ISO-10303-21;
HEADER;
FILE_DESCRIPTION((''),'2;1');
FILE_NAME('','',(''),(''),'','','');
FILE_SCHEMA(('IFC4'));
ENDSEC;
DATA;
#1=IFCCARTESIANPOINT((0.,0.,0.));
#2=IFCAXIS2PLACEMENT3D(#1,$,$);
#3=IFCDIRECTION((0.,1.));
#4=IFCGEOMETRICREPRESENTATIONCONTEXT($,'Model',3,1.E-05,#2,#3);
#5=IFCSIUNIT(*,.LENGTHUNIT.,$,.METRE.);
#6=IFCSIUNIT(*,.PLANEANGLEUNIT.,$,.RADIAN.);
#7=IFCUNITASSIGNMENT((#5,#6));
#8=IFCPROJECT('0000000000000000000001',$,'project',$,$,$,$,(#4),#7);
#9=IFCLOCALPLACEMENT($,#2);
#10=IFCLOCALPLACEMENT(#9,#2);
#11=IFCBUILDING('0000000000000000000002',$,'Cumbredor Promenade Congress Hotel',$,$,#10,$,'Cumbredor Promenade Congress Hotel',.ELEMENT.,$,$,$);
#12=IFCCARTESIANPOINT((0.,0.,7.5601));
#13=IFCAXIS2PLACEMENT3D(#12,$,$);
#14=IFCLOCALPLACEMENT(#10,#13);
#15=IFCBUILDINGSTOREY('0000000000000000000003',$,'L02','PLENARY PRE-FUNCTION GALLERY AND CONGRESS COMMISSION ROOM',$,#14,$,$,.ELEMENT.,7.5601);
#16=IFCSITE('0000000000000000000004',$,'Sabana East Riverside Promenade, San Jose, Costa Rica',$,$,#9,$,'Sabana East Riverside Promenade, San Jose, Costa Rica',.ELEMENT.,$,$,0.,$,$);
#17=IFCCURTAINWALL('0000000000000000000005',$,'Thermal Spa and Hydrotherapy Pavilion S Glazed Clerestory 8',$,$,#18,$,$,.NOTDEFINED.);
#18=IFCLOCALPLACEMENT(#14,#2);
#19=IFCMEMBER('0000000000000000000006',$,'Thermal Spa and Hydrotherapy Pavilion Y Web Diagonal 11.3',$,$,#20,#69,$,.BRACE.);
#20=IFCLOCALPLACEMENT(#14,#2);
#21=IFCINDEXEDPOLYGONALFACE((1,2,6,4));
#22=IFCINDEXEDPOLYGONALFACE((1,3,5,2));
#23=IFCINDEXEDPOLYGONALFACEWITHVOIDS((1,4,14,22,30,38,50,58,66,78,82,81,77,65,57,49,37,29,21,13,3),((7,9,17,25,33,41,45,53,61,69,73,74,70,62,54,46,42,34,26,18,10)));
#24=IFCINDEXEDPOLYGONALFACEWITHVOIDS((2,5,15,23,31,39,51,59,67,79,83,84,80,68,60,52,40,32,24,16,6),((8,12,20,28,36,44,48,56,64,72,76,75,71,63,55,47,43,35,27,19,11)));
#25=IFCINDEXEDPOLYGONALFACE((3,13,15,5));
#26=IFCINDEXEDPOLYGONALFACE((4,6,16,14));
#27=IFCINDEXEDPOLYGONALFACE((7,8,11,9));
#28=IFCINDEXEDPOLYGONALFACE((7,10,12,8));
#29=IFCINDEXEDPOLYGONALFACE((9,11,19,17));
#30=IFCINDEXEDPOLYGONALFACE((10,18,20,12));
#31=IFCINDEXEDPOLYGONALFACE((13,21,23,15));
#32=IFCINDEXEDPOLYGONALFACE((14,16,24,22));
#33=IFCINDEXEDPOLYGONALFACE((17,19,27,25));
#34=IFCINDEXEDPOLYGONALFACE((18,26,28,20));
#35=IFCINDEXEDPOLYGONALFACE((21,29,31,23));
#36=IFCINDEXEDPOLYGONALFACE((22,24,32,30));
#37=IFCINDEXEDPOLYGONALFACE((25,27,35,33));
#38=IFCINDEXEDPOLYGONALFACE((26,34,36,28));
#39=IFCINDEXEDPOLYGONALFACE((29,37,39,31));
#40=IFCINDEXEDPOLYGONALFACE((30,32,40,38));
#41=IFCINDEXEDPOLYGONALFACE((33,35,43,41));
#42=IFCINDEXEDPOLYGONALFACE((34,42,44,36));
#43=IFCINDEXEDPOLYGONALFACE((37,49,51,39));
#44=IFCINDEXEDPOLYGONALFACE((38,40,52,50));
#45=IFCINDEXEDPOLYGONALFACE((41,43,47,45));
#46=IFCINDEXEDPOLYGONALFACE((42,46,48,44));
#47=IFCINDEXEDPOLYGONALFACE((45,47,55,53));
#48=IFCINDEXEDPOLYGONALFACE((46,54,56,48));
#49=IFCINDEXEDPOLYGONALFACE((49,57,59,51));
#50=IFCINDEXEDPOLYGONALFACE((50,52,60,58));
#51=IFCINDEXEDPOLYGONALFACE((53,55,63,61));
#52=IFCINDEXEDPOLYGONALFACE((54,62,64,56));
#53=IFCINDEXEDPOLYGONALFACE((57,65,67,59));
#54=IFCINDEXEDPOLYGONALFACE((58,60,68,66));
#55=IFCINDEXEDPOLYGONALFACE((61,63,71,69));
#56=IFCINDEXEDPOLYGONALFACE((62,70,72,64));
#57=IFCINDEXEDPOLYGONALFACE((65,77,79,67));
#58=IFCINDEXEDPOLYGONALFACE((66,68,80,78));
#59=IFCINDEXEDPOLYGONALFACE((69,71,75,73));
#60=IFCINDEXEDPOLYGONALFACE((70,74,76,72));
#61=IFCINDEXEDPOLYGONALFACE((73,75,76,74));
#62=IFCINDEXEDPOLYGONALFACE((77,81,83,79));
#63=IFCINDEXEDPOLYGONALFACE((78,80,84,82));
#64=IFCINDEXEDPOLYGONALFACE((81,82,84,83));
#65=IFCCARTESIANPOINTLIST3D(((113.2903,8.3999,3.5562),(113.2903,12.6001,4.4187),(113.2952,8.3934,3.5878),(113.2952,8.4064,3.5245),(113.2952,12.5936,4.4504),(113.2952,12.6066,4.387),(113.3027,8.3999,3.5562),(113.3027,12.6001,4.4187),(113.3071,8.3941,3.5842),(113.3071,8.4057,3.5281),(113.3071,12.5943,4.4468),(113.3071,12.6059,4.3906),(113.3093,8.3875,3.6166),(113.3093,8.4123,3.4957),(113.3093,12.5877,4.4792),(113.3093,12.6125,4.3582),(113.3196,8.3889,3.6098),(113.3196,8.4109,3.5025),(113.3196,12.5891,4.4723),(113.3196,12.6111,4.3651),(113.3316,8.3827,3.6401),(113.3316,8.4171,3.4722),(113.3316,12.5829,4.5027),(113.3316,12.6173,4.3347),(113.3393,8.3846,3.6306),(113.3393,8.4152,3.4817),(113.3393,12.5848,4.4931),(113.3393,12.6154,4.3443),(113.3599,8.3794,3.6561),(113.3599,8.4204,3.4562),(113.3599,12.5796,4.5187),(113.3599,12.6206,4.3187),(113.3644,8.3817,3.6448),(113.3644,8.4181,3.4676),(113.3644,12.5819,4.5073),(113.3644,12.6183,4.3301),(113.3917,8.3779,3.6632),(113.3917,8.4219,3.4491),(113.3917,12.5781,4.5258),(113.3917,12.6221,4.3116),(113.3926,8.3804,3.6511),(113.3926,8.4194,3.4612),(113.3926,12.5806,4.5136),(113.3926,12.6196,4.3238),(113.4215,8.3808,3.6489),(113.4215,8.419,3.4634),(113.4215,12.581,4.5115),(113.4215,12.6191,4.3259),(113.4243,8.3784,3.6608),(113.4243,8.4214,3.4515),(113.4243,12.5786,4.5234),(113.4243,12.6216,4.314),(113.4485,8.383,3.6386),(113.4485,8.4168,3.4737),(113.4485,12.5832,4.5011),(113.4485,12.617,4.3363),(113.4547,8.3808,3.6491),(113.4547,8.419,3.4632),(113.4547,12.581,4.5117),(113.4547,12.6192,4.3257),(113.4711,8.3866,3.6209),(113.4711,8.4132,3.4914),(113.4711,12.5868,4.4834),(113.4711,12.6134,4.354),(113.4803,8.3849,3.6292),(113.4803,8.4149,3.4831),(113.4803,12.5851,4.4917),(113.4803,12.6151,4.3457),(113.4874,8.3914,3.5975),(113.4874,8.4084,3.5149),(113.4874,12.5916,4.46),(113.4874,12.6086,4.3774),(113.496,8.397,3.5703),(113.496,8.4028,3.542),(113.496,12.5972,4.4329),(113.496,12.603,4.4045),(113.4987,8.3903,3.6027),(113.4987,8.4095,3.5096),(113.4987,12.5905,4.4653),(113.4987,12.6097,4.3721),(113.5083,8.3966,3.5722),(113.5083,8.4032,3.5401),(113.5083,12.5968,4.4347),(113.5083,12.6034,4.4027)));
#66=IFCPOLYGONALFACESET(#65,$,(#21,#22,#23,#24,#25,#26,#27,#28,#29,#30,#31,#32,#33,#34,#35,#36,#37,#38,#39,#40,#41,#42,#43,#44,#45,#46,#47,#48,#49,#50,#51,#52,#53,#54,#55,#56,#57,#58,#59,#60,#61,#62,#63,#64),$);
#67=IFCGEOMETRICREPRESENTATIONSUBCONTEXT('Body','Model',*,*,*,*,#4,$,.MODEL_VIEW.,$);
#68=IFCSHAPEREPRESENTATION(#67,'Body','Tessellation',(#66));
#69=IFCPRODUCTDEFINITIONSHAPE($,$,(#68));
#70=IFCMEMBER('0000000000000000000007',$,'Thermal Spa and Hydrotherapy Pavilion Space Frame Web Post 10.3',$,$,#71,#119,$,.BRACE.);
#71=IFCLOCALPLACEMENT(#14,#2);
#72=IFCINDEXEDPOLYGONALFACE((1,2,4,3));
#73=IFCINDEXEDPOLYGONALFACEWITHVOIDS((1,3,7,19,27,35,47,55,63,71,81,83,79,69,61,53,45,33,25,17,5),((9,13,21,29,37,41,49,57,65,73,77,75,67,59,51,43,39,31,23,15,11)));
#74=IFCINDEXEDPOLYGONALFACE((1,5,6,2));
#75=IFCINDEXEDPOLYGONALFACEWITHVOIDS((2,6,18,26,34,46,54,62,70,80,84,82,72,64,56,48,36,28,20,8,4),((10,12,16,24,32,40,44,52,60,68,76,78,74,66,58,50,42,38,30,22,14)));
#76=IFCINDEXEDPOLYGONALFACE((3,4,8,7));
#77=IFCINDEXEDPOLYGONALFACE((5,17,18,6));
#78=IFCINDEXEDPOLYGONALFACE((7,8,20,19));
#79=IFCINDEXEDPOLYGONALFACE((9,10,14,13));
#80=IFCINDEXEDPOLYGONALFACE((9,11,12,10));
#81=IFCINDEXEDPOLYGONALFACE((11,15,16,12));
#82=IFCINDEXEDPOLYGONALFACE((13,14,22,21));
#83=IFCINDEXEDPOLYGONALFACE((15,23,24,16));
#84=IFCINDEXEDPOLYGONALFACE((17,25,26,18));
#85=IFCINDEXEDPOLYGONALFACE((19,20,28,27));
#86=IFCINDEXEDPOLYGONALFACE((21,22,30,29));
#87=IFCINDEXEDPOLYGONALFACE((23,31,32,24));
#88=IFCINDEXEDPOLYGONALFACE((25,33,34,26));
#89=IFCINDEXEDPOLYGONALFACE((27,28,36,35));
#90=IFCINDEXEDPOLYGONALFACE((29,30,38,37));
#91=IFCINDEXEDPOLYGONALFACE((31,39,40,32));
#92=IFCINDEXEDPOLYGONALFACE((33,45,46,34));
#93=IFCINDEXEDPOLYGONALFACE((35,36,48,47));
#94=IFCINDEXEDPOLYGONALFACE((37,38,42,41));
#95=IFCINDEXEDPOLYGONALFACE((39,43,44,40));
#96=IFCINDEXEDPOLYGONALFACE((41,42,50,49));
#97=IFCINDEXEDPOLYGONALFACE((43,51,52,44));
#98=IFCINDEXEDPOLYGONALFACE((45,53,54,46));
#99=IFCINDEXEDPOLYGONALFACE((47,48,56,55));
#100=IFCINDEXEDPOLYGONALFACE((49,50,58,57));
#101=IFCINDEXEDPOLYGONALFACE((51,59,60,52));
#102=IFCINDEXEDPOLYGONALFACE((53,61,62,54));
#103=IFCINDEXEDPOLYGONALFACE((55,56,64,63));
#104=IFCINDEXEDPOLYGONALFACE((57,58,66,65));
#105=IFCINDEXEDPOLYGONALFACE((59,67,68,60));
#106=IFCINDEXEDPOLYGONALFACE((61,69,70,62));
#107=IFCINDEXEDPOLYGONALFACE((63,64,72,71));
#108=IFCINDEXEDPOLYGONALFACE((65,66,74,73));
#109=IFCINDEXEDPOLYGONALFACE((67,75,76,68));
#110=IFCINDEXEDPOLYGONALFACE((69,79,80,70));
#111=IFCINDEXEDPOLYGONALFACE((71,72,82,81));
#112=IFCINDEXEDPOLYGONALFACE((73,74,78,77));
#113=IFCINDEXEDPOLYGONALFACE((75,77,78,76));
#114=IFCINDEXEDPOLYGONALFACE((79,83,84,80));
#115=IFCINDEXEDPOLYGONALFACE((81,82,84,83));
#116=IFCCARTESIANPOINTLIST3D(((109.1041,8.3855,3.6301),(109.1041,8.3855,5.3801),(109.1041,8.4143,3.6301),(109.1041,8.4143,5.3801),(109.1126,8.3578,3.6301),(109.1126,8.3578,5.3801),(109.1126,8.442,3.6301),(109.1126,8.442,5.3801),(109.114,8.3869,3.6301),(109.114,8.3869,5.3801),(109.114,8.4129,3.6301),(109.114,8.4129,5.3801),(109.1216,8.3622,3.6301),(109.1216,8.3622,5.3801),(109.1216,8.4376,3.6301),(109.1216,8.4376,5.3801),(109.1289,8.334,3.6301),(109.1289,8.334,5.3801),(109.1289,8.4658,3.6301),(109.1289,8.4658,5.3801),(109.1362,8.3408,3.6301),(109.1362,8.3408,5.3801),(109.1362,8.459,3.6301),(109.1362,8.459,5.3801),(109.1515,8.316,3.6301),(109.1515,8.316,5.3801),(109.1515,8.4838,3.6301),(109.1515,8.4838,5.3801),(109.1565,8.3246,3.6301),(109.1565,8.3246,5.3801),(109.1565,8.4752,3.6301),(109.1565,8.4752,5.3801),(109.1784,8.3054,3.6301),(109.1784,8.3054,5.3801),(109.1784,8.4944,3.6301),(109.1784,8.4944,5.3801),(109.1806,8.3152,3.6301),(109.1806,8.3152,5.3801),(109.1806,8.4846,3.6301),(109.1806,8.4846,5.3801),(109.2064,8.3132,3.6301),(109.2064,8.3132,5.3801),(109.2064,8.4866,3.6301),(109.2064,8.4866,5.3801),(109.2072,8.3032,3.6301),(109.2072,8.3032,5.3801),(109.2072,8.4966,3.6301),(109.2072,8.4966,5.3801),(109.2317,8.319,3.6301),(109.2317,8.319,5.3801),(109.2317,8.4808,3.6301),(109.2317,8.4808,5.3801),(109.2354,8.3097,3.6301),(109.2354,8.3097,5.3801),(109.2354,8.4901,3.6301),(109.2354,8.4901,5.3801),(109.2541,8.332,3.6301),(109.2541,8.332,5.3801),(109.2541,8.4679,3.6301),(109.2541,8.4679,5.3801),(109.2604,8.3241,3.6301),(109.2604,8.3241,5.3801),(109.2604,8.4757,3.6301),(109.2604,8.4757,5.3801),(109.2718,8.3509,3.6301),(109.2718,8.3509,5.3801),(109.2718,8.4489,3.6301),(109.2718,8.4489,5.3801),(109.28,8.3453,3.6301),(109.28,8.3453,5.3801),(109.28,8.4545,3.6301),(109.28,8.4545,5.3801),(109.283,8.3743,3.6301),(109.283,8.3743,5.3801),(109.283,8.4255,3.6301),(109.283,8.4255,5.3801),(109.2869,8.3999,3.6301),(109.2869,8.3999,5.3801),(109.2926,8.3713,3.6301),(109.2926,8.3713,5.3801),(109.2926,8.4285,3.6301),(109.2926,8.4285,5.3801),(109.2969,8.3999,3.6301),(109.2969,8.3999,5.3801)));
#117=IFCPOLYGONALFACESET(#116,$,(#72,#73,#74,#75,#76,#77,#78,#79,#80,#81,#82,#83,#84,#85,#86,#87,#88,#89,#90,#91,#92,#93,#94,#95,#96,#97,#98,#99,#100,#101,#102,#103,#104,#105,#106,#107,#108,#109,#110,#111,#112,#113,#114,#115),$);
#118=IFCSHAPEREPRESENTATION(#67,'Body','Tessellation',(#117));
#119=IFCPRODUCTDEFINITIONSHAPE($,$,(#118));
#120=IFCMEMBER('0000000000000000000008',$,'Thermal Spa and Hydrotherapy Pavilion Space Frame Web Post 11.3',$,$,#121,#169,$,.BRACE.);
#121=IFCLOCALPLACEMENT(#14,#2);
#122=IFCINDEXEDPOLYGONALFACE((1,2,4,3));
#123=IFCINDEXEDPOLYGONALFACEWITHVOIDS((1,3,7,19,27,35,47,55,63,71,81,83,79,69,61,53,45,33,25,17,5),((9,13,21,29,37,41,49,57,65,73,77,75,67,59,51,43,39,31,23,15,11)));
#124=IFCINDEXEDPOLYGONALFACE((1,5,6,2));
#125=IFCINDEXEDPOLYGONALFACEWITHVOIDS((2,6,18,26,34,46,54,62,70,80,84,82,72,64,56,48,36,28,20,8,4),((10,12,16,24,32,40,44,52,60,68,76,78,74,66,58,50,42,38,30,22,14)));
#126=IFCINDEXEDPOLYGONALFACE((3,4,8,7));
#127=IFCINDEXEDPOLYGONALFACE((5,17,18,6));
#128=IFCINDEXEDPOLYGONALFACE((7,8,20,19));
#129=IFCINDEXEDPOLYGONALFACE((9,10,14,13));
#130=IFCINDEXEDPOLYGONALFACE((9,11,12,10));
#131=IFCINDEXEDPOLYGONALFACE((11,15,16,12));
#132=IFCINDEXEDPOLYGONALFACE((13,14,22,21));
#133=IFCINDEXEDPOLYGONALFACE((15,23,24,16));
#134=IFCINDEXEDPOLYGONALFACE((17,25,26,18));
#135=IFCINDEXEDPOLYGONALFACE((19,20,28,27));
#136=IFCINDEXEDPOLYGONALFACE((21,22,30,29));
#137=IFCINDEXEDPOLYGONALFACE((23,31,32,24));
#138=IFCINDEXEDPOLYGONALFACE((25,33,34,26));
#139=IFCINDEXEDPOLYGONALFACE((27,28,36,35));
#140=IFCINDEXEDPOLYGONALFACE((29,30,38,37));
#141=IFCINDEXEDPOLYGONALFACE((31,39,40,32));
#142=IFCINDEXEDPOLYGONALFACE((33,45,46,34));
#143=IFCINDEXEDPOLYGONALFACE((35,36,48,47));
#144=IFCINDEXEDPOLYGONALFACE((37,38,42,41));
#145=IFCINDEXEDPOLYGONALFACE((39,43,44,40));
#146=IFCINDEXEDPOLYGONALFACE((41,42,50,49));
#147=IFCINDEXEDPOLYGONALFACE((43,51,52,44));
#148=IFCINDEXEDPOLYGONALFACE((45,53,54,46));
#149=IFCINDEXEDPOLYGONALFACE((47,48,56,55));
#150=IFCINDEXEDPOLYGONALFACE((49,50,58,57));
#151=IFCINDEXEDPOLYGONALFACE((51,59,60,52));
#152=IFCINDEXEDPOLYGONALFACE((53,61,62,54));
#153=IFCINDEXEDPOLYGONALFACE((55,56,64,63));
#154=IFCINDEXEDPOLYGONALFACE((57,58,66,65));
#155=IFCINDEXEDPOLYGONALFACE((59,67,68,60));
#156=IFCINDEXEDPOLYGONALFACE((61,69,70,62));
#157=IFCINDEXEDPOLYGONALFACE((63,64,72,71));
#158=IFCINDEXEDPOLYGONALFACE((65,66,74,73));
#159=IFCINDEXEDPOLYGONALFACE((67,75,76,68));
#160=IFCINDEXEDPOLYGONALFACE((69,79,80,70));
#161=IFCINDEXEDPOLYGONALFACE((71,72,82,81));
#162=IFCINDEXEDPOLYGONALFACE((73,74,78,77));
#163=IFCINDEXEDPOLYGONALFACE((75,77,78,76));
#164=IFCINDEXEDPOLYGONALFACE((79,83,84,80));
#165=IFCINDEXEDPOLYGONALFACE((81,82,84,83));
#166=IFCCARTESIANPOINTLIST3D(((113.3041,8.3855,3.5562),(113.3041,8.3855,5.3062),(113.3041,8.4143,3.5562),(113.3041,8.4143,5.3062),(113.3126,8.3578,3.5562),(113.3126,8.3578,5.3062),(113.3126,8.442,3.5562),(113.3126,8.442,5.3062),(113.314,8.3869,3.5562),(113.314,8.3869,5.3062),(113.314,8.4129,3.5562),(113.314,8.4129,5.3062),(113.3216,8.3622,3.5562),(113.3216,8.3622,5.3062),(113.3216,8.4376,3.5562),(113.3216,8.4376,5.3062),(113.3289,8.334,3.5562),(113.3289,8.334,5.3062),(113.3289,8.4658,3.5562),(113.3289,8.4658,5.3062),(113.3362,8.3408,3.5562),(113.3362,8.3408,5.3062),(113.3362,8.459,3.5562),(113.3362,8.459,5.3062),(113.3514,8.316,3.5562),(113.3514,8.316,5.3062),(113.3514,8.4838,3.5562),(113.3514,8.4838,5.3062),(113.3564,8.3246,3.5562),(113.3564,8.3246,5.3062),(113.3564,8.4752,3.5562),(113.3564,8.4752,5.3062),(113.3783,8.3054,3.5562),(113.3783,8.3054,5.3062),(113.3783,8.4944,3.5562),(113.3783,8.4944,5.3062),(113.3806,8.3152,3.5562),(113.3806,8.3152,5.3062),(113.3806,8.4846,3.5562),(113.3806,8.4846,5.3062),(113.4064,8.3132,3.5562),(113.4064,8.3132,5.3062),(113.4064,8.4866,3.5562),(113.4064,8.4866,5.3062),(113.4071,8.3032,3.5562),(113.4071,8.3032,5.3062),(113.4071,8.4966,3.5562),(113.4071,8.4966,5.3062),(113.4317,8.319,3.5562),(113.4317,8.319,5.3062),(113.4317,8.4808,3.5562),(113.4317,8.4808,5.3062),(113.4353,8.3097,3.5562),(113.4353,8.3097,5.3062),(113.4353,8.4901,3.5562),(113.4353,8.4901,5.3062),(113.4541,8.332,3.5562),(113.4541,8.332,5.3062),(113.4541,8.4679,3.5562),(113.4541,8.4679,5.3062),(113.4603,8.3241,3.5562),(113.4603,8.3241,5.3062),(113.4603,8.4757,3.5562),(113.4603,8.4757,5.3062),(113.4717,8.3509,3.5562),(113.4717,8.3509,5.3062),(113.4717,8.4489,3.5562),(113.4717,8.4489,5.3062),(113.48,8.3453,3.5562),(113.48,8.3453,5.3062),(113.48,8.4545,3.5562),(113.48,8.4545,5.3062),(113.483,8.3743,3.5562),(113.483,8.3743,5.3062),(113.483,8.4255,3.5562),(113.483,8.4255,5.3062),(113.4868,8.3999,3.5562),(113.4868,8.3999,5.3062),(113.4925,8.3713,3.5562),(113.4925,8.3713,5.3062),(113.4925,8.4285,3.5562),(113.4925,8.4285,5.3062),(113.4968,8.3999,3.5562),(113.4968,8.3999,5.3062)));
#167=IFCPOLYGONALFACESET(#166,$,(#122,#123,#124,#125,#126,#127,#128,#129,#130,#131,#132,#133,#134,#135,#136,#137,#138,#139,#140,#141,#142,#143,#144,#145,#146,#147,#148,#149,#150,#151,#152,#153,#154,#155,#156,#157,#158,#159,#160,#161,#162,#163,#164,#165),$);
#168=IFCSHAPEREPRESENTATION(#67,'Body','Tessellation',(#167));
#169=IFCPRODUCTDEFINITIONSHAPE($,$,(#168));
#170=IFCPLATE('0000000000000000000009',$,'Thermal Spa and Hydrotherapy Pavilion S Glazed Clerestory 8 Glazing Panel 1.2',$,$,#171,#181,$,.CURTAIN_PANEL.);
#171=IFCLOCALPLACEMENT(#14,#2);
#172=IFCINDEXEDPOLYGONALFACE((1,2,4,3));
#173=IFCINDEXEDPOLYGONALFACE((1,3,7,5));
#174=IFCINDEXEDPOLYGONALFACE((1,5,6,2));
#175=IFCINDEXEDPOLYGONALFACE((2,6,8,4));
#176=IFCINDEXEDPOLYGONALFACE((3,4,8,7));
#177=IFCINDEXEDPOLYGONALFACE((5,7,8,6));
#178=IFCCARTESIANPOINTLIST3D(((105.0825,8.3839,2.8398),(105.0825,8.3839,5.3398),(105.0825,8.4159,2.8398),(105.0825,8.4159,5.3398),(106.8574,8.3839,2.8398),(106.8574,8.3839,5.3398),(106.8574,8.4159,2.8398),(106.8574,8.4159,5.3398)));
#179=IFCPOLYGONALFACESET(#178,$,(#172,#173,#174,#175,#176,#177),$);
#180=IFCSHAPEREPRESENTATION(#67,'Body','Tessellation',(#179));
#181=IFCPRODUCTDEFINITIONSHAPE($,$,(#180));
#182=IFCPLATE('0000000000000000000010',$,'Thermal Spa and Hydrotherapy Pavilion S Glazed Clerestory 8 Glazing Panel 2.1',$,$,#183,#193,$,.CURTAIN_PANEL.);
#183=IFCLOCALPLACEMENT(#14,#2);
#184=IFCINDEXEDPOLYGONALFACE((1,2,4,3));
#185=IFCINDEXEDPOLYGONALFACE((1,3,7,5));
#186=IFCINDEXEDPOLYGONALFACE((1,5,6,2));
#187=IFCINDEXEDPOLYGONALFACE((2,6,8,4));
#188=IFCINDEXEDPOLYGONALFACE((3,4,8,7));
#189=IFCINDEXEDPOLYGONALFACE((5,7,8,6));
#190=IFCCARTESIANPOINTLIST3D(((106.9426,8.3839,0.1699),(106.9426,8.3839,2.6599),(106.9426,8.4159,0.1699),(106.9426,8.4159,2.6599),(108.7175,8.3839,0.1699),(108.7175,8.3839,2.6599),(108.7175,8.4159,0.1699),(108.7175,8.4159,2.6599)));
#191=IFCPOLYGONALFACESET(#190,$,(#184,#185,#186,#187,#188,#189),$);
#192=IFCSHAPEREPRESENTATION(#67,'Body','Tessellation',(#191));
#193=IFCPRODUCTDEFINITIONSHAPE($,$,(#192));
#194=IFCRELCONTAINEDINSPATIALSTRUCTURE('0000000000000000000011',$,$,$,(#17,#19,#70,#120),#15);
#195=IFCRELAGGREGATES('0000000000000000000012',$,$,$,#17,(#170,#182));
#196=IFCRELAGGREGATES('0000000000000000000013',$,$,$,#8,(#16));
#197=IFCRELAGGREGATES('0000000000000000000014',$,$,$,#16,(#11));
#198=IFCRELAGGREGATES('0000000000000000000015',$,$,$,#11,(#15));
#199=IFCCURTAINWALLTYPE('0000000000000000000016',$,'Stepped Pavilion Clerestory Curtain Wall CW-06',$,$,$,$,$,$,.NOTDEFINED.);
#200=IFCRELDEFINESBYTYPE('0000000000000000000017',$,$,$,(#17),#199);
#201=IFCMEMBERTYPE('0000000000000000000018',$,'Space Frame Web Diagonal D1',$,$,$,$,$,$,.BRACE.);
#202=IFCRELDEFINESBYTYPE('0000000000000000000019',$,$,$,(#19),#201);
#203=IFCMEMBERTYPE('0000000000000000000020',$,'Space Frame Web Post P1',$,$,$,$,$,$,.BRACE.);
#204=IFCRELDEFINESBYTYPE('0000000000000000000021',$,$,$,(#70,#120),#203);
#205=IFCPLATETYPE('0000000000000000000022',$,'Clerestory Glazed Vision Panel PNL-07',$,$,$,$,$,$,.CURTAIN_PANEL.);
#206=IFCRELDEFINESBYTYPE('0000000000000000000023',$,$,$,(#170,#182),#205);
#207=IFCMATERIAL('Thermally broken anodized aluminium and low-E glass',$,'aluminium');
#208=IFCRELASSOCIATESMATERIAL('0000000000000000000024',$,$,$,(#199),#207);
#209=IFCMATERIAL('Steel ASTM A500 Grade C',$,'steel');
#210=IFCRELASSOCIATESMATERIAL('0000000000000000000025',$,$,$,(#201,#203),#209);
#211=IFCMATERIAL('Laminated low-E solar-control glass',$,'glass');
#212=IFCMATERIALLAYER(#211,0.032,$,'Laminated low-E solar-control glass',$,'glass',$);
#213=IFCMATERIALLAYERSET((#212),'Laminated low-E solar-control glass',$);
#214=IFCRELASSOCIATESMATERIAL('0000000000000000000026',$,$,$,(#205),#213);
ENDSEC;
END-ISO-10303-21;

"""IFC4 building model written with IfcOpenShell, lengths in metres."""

from ifc_helpers import new_model, si_unit, direction, frame, origin, origin_2d, place, context, subcontext, project, spatial, rectangle, hollow_circle, extrude, material, layer, layer_set, material_profile, profile_set, type_object, element, aggregate, save


model = new_model("IFC4")

# Units and contexts
model_context = context("Model", 3, precision=1e-05, world=origin(), true_north=direction((0.0, 1.0)))
body_context = subcontext(model_context, "Body", "Model", "MODEL_VIEW")
ifc_project = project(units=[si_unit("LENGTHUNIT", "METRE"), si_unit("PLANEANGLEUNIT", "RADIAN")], contexts=[model_context])

# Site, building, storey
site_placement = place(None, origin())
site = spatial("IfcSite", under=ifc_project, at=site_placement, Name="Sabana East Riverside Promenade, San Jose, Costa Rica", LongName="Sabana East Riverside Promenade, San Jose, Costa Rica", CompositionType="ELEMENT", RefElevation=0.0)
building_placement = place(site_placement, origin())
building = spatial("IfcBuilding", under=site, at=building_placement, Name="Cumbredor Promenade Congress Hotel", LongName="Cumbredor Promenade Congress Hotel", CompositionType="ELEMENT")
storey_placement = place(building_placement, frame((0.0, 0.0, 7.5601)))
storey = spatial("IfcBuildingStorey", under=building, at=storey_placement, Name="L02", Description="PLENARY PRE-FUNCTION GALLERY AND CONGRESS COMMISSION ROOM", CompositionType="ELEMENT", Elevation=7.5601)

# Curtain wall
ifc_material_1 = material(Name="Thermally broken anodized aluminium and low-E glass", Category="aluminium")
curtain_wall_type = type_object("IfcCurtainWallType", Name="Stepped Pavilion Clerestory Curtain Wall CW-06", PredefinedType="NOTDEFINED", material=ifc_material_1)
curtain_wall_1_placement = place(storey_placement, origin())
curtain_wall_1 = element("IfcCurtainWall", 1, at=curtain_wall_1_placement, inside=storey, type_object=curtain_wall_type, Name="Thermal Spa and Hydrotherapy Pavilion S Glazed Clerestory 8", PredefinedType="NOTDEFINED")

# Members
ifc_material_2 = material(Name="Steel ASTM A500 Grade C", Category="steel")
ifc_material_profile_1 = material_profile(ifc_material_2, hollow_circle(Radius=0.1096, WallThickness=0.0125, at=origin_2d()), Name="CHS 219.1x12.5")
ifc_profile_set_1 = profile_set([ifc_material_profile_1], Name="Steel ASTM A500 Grade C")
member_type_1 = type_object("IfcMemberType", Name="Space Frame Web Diagonal D1", PredefinedType="BRACE", material=ifc_profile_set_1)
member_1_placement = place(storey_placement, frame((113.3999, 8.3999, 3.5562), z_axis=(0.0, 0.979558, 0.201161), x_axis=(-1.0, 0.0, 0.0)))
element("IfcMember", 2, at=member_1_placement, inside=storey, type_object=member_type_1, Name="Thermal Spa and Hydrotherapy Pavilion Y Web Diagonal 11.3", PredefinedType="BRACE", context=body_context, shape_type="SweptSolid", body=[
    extrude(hollow_circle(Radius=0.1096, WallThickness=0.0125, at=origin_2d()), origin(), (0.0, 0.0, 1.0), 4.2878),
])
ifc_material_profile_2 = material_profile(ifc_material_2, hollow_circle(Radius=0.0969, WallThickness=0.01, at=origin_2d()), Name="CHS 193.7x10")
ifc_profile_set_2 = profile_set([ifc_material_profile_2], Name="Steel ASTM A500 Grade C")
member_type_2 = type_object("IfcMemberType", Name="Space Frame Web Post P1", PredefinedType="BRACE", material=ifc_profile_set_2)
for number, where, z_axis, x_axis, name in (
    (3, (109.2, 8.3999, 3.6301), (0.0, 0.0, 1.0), (1.0, 0.0, 0.0), "Thermal Spa and Hydrotherapy Pavilion Space Frame Web Post 10.3"),
    (4, (113.3999, 8.3999, 3.5562), (0.0, 0.0, 1.0), (1.0, 0.0, 0.0), "Thermal Spa and Hydrotherapy Pavilion Space Frame Web Post 11.3"),
):
    element("IfcMember", number, at=place(storey_placement, frame(where, z_axis=z_axis, x_axis=x_axis)), inside=storey, type_object=member_type_2, Name=name, PredefinedType="BRACE", context=body_context, shape_type="SweptSolid", body=[
        extrude(hollow_circle(Radius=0.0969, WallThickness=0.01, at=origin_2d()), origin(), (0.0, 0.0, 1.0), 1.75),
    ])

# Plates
ifc_material_3 = material(Name="Laminated low-E solar-control glass", Category="glass")
ifc_layer_1 = layer(ifc_material_3, 0.032, Name="Laminated low-E solar-control glass", Category="glass")
ifc_layer_set_1 = layer_set([ifc_layer_1], Name="Laminated low-E solar-control glass")
plate_type_1 = type_object("IfcPlateType", Name="Clerestory Glazed Vision Panel PNL-07", PredefinedType="CURTAIN_PANEL", material=ifc_layer_set_1)
plate_1_placement = place(storey_placement, frame((105.97, 8.3999, 2.8398), z_axis=(0.0, 0.0, 1.0), x_axis=(1.0, 0.0, 0.0)))
plate_1 = element("IfcPlate", 5, at=plate_1_placement, type_object=plate_type_1, Name="Thermal Spa and Hydrotherapy Pavilion S Glazed Clerestory 8 Glazing Panel 1.2", PredefinedType="CURTAIN_PANEL", context=body_context, shape_type="SweptSolid", body=[
    extrude(rectangle(XDim=1.7749, YDim=0.032, at=origin_2d()), origin(), (0.0, 0.0, 1.0), 2.5),
])
plate_2_placement = place(storey_placement, frame((107.8301, 8.3999, 0.1699), z_axis=(0.0, 0.0, 1.0), x_axis=(1.0, 0.0, 0.0)))
plate_2 = element("IfcPlate", 6, at=plate_2_placement, type_object=plate_type_1, Name="Thermal Spa and Hydrotherapy Pavilion S Glazed Clerestory 8 Glazing Panel 2.1", PredefinedType="CURTAIN_PANEL", context=body_context, shape_type="SweptSolid", body=[
    extrude(rectangle(XDim=1.7749, YDim=0.032, at=origin_2d()), origin(), (0.0, 0.0, 1.0), 2.49),
])
aggregate(curtain_wall_1, [plate_1, plate_2])

save(model, "model.ifc")
